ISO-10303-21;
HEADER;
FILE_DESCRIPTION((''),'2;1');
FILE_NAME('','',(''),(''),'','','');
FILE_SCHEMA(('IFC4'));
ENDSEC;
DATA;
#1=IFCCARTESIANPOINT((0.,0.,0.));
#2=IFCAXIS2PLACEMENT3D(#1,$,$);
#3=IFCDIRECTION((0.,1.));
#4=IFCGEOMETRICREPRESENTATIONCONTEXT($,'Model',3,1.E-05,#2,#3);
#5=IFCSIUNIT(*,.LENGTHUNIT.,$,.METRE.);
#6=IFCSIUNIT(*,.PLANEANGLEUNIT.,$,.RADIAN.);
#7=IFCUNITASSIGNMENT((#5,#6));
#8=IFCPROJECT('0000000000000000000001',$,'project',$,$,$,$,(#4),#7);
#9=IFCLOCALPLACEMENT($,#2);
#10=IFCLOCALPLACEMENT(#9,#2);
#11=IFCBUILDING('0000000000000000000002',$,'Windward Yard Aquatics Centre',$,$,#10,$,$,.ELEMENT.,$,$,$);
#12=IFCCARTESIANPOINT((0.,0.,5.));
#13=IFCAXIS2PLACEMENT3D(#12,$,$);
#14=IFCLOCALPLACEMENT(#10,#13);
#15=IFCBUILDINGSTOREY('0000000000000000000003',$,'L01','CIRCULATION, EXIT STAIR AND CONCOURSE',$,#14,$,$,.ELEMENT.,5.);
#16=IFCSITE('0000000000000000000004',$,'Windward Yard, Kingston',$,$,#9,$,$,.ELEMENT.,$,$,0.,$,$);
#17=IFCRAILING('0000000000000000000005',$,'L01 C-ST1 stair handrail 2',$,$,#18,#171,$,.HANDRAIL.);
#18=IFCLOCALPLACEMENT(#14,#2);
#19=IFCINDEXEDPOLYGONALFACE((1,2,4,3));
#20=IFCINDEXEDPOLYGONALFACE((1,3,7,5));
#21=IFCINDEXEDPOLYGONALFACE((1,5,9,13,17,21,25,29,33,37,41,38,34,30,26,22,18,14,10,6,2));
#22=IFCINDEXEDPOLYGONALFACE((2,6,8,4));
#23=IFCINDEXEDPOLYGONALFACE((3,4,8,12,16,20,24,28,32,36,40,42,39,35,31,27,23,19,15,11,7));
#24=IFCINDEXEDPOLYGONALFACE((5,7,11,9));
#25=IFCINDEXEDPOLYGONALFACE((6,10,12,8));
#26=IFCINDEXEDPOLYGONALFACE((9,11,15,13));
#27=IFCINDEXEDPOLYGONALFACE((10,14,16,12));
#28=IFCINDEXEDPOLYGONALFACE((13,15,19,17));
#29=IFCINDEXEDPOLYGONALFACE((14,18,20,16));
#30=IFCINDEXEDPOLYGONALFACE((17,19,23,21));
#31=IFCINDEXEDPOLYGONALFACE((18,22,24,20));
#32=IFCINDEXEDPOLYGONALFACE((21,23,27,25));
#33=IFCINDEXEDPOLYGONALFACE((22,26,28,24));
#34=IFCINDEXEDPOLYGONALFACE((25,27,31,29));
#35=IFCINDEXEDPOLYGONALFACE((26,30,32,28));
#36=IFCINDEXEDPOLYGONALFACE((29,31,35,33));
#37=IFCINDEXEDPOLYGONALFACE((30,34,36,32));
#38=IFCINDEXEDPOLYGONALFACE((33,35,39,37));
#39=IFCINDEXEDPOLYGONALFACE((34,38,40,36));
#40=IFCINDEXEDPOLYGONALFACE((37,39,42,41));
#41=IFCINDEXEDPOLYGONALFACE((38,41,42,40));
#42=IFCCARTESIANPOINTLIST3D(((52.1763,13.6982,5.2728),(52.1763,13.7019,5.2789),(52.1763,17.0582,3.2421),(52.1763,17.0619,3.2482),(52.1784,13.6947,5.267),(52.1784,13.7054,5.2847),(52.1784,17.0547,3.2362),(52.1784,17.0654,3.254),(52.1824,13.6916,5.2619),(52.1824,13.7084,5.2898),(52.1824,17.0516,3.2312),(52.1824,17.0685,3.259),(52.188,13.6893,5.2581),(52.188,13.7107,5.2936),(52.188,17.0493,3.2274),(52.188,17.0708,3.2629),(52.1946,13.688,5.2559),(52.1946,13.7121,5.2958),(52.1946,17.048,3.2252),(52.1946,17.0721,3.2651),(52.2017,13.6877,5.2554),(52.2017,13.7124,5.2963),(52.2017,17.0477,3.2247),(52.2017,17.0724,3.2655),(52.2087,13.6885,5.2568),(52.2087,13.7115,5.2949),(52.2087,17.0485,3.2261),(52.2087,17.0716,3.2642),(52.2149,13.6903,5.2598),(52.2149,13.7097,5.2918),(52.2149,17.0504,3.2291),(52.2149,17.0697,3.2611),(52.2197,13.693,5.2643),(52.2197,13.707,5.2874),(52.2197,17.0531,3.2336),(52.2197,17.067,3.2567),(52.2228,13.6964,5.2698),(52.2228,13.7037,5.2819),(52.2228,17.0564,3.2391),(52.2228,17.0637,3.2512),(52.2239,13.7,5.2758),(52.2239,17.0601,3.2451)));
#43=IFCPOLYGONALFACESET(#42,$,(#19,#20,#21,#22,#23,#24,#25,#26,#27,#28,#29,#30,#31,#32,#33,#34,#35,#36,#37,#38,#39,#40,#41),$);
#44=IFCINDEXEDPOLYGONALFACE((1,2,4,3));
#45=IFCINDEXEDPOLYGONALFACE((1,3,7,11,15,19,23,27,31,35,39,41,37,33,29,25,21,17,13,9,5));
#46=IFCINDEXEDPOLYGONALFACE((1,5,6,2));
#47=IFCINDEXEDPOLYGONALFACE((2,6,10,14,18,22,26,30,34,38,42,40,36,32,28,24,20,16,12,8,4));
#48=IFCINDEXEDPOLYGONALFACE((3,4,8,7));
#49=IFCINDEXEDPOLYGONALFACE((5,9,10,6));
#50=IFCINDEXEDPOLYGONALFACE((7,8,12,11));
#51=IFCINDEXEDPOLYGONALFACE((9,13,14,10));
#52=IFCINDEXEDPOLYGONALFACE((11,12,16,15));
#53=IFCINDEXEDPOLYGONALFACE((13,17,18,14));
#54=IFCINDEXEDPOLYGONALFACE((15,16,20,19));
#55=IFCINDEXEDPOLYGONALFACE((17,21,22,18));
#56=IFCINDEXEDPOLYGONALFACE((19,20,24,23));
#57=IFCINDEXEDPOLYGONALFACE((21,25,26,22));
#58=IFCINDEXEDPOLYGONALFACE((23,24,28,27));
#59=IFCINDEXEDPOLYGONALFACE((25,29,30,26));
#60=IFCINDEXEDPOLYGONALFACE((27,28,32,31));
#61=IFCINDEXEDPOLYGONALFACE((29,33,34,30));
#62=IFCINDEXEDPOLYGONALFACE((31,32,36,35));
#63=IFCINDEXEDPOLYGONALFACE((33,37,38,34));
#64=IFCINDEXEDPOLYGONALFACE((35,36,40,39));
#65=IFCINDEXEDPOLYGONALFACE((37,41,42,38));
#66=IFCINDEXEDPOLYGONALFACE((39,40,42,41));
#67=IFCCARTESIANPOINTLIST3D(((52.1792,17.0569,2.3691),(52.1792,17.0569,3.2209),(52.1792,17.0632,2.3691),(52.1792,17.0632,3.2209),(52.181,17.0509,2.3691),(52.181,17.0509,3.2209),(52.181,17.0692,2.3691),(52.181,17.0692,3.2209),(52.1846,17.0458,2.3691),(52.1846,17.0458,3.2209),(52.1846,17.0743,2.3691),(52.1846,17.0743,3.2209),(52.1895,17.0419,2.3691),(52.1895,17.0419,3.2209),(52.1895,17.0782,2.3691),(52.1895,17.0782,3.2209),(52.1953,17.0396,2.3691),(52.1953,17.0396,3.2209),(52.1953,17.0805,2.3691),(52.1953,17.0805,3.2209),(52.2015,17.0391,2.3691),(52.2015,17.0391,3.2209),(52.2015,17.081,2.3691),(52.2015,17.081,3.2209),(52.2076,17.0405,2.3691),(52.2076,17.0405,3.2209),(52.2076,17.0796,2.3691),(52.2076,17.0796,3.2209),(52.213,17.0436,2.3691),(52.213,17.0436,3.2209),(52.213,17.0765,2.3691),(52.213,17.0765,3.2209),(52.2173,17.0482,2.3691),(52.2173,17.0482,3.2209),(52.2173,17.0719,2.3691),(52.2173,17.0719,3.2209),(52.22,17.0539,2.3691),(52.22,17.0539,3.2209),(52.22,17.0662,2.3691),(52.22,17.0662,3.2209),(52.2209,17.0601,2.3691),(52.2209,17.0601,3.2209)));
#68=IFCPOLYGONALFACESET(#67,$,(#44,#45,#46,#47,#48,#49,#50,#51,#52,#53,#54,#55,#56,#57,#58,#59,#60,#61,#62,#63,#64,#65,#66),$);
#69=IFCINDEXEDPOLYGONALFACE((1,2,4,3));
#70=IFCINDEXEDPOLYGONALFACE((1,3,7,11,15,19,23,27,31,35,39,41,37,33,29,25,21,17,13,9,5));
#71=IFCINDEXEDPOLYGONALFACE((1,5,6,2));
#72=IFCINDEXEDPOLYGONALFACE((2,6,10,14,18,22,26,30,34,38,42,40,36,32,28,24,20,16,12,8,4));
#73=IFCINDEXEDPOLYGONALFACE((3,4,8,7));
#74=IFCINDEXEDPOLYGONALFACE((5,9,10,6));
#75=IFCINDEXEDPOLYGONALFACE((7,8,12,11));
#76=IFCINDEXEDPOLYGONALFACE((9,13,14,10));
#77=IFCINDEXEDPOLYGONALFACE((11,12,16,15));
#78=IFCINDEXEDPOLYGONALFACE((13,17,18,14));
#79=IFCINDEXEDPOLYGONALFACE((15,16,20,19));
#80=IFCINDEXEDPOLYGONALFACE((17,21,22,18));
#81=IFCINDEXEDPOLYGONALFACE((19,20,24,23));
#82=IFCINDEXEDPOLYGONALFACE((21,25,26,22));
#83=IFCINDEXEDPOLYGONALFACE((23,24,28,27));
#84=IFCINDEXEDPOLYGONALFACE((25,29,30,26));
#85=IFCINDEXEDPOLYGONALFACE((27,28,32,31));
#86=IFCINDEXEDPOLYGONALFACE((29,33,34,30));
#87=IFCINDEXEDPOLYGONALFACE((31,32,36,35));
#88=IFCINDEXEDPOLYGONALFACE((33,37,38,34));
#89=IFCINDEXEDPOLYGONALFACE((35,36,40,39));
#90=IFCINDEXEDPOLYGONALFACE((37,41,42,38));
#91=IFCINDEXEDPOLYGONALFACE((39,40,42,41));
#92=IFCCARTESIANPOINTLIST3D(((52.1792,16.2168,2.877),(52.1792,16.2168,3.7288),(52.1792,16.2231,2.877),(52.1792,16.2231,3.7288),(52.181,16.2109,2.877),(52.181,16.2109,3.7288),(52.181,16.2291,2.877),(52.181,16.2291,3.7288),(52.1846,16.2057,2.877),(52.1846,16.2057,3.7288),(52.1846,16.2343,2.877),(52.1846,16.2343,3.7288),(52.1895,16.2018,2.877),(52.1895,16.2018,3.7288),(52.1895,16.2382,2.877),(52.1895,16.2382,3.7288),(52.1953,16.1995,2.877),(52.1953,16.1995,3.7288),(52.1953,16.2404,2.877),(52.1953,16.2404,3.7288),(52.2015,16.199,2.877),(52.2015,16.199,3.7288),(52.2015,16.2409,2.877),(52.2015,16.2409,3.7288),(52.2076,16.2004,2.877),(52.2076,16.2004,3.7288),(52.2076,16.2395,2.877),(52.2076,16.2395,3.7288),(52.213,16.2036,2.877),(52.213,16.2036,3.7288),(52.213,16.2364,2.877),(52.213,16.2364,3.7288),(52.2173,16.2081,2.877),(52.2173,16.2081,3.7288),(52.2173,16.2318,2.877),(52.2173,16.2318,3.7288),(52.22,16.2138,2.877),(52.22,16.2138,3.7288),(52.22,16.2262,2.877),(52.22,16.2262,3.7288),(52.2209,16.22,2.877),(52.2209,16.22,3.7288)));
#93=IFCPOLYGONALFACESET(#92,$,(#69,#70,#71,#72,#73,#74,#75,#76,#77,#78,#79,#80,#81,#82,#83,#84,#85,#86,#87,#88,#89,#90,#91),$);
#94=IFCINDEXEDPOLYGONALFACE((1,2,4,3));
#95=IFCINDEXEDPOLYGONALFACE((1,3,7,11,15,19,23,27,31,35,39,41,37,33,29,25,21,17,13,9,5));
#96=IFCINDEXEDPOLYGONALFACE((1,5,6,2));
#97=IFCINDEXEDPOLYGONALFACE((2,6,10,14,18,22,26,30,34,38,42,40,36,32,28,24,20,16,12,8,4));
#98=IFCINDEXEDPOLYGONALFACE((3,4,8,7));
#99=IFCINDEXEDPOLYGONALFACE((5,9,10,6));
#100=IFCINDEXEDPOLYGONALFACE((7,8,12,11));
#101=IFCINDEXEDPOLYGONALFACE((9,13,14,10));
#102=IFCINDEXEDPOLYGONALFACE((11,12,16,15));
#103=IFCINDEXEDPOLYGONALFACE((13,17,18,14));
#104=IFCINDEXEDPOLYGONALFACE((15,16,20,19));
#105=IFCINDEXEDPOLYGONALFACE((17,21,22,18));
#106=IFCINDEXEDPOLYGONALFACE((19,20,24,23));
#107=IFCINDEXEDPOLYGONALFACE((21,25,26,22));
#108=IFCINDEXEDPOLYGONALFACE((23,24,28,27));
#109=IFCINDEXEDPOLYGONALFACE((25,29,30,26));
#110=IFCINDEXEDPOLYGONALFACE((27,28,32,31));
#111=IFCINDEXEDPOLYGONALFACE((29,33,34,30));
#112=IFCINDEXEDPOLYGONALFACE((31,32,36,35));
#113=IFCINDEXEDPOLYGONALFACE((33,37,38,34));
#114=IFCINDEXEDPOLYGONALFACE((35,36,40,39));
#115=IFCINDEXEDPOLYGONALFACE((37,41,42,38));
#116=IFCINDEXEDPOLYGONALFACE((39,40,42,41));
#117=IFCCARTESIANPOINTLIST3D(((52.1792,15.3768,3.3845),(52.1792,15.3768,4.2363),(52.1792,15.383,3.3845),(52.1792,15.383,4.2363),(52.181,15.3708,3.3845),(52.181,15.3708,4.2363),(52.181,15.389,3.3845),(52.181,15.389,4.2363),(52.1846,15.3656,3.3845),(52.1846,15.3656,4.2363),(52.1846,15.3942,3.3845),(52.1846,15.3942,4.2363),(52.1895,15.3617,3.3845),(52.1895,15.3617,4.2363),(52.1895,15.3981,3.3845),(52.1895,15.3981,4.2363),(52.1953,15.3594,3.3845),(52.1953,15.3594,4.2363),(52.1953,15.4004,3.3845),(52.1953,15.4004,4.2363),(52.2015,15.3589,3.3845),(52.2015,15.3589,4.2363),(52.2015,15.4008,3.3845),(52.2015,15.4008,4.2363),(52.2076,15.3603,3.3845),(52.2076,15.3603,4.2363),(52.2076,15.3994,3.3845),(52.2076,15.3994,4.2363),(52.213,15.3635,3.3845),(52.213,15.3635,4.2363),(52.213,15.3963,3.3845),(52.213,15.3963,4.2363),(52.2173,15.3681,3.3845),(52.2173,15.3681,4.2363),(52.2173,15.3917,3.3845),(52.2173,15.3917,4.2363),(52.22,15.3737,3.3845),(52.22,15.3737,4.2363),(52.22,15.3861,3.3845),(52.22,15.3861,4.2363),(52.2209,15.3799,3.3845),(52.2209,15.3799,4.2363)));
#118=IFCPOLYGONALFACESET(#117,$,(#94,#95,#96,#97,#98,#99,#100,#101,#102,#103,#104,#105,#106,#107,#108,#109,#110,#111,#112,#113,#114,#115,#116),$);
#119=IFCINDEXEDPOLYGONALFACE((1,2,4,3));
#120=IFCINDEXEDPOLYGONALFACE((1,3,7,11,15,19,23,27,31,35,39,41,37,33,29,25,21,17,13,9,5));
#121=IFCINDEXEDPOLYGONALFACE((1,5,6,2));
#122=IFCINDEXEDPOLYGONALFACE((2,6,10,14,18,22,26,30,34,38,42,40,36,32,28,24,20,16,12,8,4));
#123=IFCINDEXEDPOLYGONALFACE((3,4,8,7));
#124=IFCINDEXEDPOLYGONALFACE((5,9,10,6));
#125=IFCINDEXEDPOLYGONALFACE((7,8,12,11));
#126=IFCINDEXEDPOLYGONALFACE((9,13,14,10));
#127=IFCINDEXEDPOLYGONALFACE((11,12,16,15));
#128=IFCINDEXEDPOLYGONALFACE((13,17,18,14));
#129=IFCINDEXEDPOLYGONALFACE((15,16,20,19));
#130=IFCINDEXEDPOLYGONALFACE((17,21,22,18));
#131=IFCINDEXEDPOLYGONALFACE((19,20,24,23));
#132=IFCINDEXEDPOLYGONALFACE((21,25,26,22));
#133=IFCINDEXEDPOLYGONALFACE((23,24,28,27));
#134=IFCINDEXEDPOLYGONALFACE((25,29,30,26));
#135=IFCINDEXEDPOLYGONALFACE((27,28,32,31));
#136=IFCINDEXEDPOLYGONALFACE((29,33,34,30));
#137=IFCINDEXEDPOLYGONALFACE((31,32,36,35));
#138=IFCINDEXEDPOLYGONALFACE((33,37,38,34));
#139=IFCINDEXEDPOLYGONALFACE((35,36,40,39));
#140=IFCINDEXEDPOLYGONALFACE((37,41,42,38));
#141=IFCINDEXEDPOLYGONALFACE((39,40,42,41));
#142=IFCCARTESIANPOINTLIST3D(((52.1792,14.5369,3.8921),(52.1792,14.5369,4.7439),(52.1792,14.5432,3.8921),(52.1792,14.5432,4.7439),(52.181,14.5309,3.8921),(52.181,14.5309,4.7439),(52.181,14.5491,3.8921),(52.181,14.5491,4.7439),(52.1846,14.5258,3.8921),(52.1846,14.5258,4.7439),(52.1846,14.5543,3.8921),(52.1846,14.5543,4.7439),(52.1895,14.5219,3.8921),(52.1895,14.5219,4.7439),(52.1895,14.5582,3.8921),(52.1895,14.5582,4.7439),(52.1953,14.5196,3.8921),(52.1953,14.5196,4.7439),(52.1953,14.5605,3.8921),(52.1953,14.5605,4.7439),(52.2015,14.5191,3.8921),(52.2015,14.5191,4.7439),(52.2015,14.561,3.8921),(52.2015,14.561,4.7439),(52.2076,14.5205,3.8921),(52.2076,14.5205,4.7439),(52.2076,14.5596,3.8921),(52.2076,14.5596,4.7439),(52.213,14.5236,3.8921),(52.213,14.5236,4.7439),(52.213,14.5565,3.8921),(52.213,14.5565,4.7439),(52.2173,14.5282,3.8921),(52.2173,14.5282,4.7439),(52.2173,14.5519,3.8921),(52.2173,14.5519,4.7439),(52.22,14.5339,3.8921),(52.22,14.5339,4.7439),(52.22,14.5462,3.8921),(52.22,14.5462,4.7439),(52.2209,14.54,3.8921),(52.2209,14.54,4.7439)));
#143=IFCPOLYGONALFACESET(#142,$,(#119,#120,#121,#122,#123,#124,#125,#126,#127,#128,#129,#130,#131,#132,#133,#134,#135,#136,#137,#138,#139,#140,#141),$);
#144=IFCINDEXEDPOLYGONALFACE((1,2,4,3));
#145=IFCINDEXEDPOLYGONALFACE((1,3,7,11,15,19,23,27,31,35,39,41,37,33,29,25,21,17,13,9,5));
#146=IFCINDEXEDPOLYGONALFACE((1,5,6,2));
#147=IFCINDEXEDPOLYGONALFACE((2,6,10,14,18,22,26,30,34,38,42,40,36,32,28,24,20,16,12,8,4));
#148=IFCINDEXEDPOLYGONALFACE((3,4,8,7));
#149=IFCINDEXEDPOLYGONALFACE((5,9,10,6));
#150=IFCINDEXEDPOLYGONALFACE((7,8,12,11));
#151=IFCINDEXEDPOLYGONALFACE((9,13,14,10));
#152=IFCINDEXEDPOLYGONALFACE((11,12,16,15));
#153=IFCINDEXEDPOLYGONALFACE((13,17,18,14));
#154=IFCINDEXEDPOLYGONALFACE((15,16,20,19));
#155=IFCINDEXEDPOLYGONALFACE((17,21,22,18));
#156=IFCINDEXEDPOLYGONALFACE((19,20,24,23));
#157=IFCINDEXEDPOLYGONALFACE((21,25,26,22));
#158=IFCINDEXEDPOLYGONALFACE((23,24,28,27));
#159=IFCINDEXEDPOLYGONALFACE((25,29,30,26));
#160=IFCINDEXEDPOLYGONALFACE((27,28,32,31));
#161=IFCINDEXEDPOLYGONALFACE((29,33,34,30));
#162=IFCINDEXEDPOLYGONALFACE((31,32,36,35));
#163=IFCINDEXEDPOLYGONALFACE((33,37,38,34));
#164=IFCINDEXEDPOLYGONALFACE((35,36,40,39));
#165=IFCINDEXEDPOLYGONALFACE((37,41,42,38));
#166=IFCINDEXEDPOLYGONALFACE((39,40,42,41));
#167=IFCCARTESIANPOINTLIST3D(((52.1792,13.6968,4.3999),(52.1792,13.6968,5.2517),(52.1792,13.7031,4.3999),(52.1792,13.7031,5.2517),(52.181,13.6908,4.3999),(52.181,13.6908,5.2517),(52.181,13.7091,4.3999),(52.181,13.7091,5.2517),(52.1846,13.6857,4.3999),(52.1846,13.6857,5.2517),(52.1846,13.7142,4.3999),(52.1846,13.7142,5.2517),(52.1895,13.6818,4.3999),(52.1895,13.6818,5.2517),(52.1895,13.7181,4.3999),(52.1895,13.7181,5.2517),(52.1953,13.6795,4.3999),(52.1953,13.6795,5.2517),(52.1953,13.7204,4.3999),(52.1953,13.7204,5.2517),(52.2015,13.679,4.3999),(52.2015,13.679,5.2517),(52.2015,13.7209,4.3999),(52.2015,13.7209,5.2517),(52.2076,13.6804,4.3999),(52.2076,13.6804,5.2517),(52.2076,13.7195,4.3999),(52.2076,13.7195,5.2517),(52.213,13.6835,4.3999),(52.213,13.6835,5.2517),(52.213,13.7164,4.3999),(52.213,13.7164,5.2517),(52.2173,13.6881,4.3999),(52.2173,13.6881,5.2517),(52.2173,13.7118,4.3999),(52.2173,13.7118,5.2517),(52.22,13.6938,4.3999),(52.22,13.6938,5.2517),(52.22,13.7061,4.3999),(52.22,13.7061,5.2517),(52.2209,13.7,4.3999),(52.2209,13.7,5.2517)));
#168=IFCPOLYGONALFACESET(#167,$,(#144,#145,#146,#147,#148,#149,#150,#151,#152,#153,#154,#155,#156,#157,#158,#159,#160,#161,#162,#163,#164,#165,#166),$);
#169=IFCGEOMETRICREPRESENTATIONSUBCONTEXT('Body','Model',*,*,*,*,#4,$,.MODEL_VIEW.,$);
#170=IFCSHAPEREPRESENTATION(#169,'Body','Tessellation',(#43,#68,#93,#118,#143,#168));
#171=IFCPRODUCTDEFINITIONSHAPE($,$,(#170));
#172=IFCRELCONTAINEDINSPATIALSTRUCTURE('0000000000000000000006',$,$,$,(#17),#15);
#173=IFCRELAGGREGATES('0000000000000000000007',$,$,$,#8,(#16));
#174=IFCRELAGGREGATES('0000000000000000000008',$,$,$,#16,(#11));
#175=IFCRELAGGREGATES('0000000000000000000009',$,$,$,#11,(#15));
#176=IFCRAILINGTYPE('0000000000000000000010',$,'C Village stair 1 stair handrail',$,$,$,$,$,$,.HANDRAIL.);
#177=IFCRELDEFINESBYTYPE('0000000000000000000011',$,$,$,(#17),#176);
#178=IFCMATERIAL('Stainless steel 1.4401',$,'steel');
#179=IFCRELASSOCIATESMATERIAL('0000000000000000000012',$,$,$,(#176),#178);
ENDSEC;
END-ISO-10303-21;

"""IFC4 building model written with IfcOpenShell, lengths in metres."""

from ifc_helpers import new_model, si_unit, direction, frame, origin, origin_2d, place, context, subcontext, project, spatial, circle, extrude, material, type_object, element, save


model = new_model("IFC4")

# Units and contexts
model_context = context("Model", 3, precision=1e-05, world=origin(), true_north=direction((0.0, 1.0)))
body_context = subcontext(model_context, "Body", "Model", "MODEL_VIEW")
ifc_project = project(units=[si_unit("LENGTHUNIT", "METRE"), si_unit("PLANEANGLEUNIT", "RADIAN")], contexts=[model_context])

# Site, building, storey
site_placement = place(None, origin())
site = spatial("IfcSite", under=ifc_project, at=site_placement, Name="Windward Yard, Kingston", CompositionType="ELEMENT", RefElevation=0.0)
building_placement = place(site_placement, origin())
building = spatial("IfcBuilding", under=site, at=building_placement, Name="Windward Yard Aquatics Centre", CompositionType="ELEMENT")
storey_placement = place(building_placement, frame((0.0, 0.0, 5.0)))
storey = spatial("IfcBuildingStorey", under=building, at=storey_placement, Name="L01", Description="CIRCULATION, EXIT STAIR AND CONCOURSE", CompositionType="ELEMENT", Elevation=5.0)

# Railing
ifc_material_1 = material(Name="Stainless steel 1.4401", Category="steel")
railing_type_1 = type_object("IfcRailingType", Name="C Village stair 1 stair handrail", PredefinedType="HANDRAIL", material=ifc_material_1)
railing_1_placement = place(storey_placement, frame((52.2, 17.0601, 2.3691)))
element("IfcRailing", 1, at=railing_1_placement, inside=storey, type_object=railing_type_1, Name="L01 C-ST1 stair handrail 2", PredefinedType="HANDRAIL", context=body_context, shape_type="SweptSolid", body=[
    extrude(circle(Radius=0.0239, at=origin_2d()), frame((0.0, 0.0, 0.876), z_axis=(0.0, -0.855837, 0.517246), x_axis=(1.0, 0.0, 0.0)), (0.0, 0.0, 1.0), 3.926),
    extrude(circle(Radius=0.021, at=origin_2d()), origin(), (0.0, 0.0, 1.0), 0.8518),
    extrude(circle(Radius=0.021, at=origin_2d()), frame((0.0, -0.8401, 0.5078)), (0.0, 0.0, 1.0), 0.8518),
    extrude(circle(Radius=0.021, at=origin_2d()), frame((0.0, -1.6802, 1.0154)), (0.0, 0.0, 1.0), 0.8518),
    extrude(circle(Radius=0.021, at=origin_2d()), frame((0.0, -2.52, 1.5229)), (0.0, 0.0, 1.0), 0.8518),
    extrude(circle(Radius=0.021, at=origin_2d()), frame((0.0, -3.3601, 2.0308)), (0.0, 0.0, 1.0), 0.8518),
])

save(model, "model.ifc")
